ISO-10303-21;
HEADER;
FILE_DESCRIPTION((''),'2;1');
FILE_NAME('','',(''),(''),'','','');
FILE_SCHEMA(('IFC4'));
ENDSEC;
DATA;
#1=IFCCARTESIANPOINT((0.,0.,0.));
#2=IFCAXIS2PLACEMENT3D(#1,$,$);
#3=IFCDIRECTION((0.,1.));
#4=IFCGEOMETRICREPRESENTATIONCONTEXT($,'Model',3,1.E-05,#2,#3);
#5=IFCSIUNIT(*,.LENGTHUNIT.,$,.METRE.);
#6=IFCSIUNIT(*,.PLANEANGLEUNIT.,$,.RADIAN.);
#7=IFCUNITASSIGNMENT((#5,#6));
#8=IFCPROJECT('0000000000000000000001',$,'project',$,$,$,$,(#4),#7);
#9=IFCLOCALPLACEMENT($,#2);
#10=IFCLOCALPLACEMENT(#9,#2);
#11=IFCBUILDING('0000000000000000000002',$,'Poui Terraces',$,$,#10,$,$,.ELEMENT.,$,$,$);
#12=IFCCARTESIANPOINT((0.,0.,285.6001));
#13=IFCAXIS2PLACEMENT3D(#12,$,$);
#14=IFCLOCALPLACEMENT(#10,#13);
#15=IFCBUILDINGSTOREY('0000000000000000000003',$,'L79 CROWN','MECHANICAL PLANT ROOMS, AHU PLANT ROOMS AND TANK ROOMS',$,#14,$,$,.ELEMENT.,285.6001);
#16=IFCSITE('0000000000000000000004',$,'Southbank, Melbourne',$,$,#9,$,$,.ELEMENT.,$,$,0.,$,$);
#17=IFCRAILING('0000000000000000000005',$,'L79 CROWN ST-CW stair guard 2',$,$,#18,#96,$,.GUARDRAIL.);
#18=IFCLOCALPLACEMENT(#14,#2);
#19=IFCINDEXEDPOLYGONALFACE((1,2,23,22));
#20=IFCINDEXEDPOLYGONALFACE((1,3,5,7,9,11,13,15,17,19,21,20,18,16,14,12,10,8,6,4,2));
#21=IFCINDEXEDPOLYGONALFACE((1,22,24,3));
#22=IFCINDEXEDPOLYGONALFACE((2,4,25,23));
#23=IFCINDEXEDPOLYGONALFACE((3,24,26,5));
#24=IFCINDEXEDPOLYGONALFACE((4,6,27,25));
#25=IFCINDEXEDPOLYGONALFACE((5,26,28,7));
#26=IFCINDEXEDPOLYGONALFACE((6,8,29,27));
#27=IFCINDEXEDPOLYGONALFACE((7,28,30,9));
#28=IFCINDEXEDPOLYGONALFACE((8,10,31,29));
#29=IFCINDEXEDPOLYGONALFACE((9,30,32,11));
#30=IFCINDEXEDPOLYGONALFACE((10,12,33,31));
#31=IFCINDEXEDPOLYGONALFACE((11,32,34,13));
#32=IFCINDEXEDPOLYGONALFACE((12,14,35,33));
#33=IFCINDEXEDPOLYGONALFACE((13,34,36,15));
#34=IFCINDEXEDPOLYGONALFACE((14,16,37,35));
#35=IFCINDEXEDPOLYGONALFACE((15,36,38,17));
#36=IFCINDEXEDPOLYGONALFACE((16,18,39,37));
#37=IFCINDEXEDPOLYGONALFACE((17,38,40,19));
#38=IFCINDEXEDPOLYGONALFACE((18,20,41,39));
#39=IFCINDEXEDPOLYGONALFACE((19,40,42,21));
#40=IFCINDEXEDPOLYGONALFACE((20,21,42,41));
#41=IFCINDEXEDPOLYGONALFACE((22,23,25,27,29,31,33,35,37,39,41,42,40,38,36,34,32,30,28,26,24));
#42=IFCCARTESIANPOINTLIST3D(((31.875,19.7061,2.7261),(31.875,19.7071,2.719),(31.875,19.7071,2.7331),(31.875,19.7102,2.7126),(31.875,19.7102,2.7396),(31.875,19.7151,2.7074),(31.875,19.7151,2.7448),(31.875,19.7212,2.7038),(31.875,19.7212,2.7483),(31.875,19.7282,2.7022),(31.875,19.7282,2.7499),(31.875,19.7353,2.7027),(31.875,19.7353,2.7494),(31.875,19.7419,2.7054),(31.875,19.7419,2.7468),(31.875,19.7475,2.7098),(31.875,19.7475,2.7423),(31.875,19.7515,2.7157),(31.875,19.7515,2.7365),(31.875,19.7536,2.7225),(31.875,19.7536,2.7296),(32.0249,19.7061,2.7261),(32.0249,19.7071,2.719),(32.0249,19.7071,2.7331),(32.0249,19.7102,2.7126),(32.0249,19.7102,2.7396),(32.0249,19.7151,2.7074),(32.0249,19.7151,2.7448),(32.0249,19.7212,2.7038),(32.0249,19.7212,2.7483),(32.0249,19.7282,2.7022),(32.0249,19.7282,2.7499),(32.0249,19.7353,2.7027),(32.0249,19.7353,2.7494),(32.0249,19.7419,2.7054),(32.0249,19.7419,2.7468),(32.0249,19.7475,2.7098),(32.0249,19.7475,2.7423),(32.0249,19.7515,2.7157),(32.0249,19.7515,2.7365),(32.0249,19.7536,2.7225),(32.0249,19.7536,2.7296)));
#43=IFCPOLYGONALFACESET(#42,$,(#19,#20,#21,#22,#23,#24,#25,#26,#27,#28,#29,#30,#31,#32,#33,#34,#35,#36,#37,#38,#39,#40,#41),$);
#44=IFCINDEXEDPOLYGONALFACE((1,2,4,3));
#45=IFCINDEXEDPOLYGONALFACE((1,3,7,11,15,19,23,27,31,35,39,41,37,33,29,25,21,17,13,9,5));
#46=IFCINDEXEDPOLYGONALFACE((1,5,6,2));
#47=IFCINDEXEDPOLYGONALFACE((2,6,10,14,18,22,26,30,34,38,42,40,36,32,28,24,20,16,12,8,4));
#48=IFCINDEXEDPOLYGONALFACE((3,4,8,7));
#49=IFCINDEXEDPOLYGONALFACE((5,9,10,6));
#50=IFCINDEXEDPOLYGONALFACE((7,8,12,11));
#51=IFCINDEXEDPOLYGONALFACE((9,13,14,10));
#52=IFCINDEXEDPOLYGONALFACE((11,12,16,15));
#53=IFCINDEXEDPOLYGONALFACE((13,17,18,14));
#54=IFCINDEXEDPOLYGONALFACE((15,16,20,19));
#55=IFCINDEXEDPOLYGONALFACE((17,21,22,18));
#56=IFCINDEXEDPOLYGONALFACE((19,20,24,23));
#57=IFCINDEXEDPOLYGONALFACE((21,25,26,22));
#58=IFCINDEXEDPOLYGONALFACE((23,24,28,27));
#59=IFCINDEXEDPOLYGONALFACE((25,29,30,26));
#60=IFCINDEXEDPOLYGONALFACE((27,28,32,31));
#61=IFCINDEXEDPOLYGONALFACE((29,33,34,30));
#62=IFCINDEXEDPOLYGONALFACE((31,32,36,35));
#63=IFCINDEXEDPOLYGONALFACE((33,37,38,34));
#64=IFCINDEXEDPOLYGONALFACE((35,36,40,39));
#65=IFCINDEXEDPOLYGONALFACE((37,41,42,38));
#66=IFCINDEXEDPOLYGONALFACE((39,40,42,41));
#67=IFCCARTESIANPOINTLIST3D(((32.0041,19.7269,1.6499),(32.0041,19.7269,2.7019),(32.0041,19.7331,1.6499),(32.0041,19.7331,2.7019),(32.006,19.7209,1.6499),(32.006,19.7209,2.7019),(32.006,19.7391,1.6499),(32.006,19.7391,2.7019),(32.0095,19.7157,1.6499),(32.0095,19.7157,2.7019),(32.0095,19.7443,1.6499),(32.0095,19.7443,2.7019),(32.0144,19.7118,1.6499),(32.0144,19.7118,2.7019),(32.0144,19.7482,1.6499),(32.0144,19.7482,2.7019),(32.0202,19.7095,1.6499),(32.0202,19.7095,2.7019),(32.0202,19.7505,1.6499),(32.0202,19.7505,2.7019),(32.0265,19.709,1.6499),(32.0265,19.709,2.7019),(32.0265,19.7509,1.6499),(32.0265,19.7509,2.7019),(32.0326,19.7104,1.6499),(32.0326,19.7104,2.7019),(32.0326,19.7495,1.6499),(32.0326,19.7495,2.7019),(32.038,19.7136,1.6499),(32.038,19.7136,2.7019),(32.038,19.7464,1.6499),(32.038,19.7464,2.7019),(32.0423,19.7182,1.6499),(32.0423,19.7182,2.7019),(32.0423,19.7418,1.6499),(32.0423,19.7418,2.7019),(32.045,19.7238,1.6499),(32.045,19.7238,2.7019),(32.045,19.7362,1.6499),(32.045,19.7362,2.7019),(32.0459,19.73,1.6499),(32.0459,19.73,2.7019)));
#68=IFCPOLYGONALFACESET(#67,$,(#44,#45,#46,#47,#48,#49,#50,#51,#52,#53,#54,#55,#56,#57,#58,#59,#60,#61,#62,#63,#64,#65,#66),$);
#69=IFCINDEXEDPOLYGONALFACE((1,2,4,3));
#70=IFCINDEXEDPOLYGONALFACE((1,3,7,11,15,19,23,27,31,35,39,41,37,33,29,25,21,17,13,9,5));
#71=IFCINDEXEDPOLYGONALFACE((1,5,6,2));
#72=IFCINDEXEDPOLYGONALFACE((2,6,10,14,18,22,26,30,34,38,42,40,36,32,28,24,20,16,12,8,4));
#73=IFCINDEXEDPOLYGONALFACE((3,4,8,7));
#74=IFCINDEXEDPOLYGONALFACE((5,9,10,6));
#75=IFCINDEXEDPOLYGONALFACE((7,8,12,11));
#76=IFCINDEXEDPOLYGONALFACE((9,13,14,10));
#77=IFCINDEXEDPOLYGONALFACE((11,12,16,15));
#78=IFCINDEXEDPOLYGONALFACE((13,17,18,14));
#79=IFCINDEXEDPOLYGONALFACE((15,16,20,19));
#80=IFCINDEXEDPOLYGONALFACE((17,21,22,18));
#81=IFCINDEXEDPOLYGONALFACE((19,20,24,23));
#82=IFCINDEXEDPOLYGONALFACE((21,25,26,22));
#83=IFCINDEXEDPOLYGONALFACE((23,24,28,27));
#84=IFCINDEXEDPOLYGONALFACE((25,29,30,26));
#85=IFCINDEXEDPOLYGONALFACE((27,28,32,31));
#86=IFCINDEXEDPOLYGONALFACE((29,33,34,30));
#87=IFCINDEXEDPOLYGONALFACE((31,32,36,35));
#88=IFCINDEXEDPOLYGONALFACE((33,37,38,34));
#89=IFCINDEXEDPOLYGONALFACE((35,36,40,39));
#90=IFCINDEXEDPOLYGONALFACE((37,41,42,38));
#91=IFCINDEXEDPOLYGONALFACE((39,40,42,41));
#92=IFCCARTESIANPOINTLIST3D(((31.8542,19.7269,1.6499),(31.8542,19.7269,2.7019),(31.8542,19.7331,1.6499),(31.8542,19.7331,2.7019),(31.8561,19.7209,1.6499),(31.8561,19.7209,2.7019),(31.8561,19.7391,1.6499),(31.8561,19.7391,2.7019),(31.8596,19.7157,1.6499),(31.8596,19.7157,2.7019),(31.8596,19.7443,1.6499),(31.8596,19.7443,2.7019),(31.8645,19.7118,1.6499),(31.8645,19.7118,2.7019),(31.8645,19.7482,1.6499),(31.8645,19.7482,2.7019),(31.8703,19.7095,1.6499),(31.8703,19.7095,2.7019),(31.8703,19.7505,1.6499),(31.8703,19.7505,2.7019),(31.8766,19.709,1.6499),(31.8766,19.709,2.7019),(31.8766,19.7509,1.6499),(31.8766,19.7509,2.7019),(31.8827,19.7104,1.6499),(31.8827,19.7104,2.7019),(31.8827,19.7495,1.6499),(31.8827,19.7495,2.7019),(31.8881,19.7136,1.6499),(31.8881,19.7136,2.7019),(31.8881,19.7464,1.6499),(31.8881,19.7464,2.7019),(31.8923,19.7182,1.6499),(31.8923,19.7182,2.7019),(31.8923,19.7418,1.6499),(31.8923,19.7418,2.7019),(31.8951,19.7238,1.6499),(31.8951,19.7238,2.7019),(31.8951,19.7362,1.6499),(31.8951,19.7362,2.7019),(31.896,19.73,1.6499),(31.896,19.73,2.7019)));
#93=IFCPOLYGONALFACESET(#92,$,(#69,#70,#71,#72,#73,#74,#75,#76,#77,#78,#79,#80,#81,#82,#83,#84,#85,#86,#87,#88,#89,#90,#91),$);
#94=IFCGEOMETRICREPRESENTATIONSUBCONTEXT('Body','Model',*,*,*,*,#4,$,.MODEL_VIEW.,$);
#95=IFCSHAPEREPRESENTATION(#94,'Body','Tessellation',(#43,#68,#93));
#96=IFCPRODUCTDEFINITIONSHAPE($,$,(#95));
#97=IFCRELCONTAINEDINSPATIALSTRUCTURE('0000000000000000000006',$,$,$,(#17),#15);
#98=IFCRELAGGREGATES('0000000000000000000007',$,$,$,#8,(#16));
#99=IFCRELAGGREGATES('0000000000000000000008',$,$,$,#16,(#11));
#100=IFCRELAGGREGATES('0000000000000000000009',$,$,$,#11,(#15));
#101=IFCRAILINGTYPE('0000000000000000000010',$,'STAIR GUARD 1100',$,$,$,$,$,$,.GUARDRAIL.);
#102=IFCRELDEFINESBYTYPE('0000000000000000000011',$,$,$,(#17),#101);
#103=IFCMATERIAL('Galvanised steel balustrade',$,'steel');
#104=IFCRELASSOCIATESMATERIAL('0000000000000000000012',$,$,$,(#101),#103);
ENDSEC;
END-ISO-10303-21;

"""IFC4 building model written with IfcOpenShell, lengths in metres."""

from ifc_helpers import new_model, si_unit, direction, frame, origin, origin_2d, place, context, subcontext, project, spatial, circle, extrude, material, type_object, element, save


model = new_model("IFC4")

# Units and contexts
model_context = context("Model", 3, precision=1e-05, world=origin(), true_north=direction((0.0, 1.0)))
body_context = subcontext(model_context, "Body", "Model", "MODEL_VIEW")
ifc_project = project(units=[si_unit("LENGTHUNIT", "METRE"), si_unit("PLANEANGLEUNIT", "RADIAN")], contexts=[model_context])

# Site, building, storey
site_placement = place(None, origin())
site = spatial("IfcSite", under=ifc_project, at=site_placement, Name="Southbank, Melbourne", CompositionType="ELEMENT", RefElevation=0.0)
building_placement = place(site_placement, origin())
building = spatial("IfcBuilding", under=site, at=building_placement, Name="Poui Terraces", CompositionType="ELEMENT")
storey_placement = place(building_placement, frame((0.0, 0.0, 285.6001)))
storey = spatial("IfcBuildingStorey", under=building, at=storey_placement, Name="L79 CROWN", Description="MECHANICAL PLANT ROOMS, AHU PLANT ROOMS AND TANK ROOMS", CompositionType="ELEMENT", Elevation=285.6001)

# Railing
ifc_material_1 = material(Name="Galvanised steel balustrade", Category="steel")
railing_type = type_object("IfcRailingType", Name="STAIR GUARD 1100", PredefinedType="GUARDRAIL", material=ifc_material_1)
railing_1_placement = place(storey_placement, frame((32.0249, 19.73, 1.6499)))
element("IfcRailing", 1, at=railing_1_placement, inside=storey, type_object=railing_type, Name="L79 CROWN ST-CW stair guard 2", PredefinedType="GUARDRAIL", context=body_context, shape_type="SweptSolid", body=[
    extrude(circle(Radius=0.0239, at=origin_2d()), frame((0.0, 0.0, 1.0762), z_axis=(-1.0, 0.0, 0.0), x_axis=(0.0, -1.0, 0.0)), (0.0, 0.0, 1.0), 0.1499),
    extrude(circle(Radius=0.021, at=origin_2d()), origin(), (0.0, 0.0, 1.0), 1.052),
    extrude(circle(Radius=0.021, at=origin_2d()), frame((-0.1499, 0.0, 0.0)), (0.0, 0.0, 1.0), 1.052),
])

save(model, "model.ifc")
